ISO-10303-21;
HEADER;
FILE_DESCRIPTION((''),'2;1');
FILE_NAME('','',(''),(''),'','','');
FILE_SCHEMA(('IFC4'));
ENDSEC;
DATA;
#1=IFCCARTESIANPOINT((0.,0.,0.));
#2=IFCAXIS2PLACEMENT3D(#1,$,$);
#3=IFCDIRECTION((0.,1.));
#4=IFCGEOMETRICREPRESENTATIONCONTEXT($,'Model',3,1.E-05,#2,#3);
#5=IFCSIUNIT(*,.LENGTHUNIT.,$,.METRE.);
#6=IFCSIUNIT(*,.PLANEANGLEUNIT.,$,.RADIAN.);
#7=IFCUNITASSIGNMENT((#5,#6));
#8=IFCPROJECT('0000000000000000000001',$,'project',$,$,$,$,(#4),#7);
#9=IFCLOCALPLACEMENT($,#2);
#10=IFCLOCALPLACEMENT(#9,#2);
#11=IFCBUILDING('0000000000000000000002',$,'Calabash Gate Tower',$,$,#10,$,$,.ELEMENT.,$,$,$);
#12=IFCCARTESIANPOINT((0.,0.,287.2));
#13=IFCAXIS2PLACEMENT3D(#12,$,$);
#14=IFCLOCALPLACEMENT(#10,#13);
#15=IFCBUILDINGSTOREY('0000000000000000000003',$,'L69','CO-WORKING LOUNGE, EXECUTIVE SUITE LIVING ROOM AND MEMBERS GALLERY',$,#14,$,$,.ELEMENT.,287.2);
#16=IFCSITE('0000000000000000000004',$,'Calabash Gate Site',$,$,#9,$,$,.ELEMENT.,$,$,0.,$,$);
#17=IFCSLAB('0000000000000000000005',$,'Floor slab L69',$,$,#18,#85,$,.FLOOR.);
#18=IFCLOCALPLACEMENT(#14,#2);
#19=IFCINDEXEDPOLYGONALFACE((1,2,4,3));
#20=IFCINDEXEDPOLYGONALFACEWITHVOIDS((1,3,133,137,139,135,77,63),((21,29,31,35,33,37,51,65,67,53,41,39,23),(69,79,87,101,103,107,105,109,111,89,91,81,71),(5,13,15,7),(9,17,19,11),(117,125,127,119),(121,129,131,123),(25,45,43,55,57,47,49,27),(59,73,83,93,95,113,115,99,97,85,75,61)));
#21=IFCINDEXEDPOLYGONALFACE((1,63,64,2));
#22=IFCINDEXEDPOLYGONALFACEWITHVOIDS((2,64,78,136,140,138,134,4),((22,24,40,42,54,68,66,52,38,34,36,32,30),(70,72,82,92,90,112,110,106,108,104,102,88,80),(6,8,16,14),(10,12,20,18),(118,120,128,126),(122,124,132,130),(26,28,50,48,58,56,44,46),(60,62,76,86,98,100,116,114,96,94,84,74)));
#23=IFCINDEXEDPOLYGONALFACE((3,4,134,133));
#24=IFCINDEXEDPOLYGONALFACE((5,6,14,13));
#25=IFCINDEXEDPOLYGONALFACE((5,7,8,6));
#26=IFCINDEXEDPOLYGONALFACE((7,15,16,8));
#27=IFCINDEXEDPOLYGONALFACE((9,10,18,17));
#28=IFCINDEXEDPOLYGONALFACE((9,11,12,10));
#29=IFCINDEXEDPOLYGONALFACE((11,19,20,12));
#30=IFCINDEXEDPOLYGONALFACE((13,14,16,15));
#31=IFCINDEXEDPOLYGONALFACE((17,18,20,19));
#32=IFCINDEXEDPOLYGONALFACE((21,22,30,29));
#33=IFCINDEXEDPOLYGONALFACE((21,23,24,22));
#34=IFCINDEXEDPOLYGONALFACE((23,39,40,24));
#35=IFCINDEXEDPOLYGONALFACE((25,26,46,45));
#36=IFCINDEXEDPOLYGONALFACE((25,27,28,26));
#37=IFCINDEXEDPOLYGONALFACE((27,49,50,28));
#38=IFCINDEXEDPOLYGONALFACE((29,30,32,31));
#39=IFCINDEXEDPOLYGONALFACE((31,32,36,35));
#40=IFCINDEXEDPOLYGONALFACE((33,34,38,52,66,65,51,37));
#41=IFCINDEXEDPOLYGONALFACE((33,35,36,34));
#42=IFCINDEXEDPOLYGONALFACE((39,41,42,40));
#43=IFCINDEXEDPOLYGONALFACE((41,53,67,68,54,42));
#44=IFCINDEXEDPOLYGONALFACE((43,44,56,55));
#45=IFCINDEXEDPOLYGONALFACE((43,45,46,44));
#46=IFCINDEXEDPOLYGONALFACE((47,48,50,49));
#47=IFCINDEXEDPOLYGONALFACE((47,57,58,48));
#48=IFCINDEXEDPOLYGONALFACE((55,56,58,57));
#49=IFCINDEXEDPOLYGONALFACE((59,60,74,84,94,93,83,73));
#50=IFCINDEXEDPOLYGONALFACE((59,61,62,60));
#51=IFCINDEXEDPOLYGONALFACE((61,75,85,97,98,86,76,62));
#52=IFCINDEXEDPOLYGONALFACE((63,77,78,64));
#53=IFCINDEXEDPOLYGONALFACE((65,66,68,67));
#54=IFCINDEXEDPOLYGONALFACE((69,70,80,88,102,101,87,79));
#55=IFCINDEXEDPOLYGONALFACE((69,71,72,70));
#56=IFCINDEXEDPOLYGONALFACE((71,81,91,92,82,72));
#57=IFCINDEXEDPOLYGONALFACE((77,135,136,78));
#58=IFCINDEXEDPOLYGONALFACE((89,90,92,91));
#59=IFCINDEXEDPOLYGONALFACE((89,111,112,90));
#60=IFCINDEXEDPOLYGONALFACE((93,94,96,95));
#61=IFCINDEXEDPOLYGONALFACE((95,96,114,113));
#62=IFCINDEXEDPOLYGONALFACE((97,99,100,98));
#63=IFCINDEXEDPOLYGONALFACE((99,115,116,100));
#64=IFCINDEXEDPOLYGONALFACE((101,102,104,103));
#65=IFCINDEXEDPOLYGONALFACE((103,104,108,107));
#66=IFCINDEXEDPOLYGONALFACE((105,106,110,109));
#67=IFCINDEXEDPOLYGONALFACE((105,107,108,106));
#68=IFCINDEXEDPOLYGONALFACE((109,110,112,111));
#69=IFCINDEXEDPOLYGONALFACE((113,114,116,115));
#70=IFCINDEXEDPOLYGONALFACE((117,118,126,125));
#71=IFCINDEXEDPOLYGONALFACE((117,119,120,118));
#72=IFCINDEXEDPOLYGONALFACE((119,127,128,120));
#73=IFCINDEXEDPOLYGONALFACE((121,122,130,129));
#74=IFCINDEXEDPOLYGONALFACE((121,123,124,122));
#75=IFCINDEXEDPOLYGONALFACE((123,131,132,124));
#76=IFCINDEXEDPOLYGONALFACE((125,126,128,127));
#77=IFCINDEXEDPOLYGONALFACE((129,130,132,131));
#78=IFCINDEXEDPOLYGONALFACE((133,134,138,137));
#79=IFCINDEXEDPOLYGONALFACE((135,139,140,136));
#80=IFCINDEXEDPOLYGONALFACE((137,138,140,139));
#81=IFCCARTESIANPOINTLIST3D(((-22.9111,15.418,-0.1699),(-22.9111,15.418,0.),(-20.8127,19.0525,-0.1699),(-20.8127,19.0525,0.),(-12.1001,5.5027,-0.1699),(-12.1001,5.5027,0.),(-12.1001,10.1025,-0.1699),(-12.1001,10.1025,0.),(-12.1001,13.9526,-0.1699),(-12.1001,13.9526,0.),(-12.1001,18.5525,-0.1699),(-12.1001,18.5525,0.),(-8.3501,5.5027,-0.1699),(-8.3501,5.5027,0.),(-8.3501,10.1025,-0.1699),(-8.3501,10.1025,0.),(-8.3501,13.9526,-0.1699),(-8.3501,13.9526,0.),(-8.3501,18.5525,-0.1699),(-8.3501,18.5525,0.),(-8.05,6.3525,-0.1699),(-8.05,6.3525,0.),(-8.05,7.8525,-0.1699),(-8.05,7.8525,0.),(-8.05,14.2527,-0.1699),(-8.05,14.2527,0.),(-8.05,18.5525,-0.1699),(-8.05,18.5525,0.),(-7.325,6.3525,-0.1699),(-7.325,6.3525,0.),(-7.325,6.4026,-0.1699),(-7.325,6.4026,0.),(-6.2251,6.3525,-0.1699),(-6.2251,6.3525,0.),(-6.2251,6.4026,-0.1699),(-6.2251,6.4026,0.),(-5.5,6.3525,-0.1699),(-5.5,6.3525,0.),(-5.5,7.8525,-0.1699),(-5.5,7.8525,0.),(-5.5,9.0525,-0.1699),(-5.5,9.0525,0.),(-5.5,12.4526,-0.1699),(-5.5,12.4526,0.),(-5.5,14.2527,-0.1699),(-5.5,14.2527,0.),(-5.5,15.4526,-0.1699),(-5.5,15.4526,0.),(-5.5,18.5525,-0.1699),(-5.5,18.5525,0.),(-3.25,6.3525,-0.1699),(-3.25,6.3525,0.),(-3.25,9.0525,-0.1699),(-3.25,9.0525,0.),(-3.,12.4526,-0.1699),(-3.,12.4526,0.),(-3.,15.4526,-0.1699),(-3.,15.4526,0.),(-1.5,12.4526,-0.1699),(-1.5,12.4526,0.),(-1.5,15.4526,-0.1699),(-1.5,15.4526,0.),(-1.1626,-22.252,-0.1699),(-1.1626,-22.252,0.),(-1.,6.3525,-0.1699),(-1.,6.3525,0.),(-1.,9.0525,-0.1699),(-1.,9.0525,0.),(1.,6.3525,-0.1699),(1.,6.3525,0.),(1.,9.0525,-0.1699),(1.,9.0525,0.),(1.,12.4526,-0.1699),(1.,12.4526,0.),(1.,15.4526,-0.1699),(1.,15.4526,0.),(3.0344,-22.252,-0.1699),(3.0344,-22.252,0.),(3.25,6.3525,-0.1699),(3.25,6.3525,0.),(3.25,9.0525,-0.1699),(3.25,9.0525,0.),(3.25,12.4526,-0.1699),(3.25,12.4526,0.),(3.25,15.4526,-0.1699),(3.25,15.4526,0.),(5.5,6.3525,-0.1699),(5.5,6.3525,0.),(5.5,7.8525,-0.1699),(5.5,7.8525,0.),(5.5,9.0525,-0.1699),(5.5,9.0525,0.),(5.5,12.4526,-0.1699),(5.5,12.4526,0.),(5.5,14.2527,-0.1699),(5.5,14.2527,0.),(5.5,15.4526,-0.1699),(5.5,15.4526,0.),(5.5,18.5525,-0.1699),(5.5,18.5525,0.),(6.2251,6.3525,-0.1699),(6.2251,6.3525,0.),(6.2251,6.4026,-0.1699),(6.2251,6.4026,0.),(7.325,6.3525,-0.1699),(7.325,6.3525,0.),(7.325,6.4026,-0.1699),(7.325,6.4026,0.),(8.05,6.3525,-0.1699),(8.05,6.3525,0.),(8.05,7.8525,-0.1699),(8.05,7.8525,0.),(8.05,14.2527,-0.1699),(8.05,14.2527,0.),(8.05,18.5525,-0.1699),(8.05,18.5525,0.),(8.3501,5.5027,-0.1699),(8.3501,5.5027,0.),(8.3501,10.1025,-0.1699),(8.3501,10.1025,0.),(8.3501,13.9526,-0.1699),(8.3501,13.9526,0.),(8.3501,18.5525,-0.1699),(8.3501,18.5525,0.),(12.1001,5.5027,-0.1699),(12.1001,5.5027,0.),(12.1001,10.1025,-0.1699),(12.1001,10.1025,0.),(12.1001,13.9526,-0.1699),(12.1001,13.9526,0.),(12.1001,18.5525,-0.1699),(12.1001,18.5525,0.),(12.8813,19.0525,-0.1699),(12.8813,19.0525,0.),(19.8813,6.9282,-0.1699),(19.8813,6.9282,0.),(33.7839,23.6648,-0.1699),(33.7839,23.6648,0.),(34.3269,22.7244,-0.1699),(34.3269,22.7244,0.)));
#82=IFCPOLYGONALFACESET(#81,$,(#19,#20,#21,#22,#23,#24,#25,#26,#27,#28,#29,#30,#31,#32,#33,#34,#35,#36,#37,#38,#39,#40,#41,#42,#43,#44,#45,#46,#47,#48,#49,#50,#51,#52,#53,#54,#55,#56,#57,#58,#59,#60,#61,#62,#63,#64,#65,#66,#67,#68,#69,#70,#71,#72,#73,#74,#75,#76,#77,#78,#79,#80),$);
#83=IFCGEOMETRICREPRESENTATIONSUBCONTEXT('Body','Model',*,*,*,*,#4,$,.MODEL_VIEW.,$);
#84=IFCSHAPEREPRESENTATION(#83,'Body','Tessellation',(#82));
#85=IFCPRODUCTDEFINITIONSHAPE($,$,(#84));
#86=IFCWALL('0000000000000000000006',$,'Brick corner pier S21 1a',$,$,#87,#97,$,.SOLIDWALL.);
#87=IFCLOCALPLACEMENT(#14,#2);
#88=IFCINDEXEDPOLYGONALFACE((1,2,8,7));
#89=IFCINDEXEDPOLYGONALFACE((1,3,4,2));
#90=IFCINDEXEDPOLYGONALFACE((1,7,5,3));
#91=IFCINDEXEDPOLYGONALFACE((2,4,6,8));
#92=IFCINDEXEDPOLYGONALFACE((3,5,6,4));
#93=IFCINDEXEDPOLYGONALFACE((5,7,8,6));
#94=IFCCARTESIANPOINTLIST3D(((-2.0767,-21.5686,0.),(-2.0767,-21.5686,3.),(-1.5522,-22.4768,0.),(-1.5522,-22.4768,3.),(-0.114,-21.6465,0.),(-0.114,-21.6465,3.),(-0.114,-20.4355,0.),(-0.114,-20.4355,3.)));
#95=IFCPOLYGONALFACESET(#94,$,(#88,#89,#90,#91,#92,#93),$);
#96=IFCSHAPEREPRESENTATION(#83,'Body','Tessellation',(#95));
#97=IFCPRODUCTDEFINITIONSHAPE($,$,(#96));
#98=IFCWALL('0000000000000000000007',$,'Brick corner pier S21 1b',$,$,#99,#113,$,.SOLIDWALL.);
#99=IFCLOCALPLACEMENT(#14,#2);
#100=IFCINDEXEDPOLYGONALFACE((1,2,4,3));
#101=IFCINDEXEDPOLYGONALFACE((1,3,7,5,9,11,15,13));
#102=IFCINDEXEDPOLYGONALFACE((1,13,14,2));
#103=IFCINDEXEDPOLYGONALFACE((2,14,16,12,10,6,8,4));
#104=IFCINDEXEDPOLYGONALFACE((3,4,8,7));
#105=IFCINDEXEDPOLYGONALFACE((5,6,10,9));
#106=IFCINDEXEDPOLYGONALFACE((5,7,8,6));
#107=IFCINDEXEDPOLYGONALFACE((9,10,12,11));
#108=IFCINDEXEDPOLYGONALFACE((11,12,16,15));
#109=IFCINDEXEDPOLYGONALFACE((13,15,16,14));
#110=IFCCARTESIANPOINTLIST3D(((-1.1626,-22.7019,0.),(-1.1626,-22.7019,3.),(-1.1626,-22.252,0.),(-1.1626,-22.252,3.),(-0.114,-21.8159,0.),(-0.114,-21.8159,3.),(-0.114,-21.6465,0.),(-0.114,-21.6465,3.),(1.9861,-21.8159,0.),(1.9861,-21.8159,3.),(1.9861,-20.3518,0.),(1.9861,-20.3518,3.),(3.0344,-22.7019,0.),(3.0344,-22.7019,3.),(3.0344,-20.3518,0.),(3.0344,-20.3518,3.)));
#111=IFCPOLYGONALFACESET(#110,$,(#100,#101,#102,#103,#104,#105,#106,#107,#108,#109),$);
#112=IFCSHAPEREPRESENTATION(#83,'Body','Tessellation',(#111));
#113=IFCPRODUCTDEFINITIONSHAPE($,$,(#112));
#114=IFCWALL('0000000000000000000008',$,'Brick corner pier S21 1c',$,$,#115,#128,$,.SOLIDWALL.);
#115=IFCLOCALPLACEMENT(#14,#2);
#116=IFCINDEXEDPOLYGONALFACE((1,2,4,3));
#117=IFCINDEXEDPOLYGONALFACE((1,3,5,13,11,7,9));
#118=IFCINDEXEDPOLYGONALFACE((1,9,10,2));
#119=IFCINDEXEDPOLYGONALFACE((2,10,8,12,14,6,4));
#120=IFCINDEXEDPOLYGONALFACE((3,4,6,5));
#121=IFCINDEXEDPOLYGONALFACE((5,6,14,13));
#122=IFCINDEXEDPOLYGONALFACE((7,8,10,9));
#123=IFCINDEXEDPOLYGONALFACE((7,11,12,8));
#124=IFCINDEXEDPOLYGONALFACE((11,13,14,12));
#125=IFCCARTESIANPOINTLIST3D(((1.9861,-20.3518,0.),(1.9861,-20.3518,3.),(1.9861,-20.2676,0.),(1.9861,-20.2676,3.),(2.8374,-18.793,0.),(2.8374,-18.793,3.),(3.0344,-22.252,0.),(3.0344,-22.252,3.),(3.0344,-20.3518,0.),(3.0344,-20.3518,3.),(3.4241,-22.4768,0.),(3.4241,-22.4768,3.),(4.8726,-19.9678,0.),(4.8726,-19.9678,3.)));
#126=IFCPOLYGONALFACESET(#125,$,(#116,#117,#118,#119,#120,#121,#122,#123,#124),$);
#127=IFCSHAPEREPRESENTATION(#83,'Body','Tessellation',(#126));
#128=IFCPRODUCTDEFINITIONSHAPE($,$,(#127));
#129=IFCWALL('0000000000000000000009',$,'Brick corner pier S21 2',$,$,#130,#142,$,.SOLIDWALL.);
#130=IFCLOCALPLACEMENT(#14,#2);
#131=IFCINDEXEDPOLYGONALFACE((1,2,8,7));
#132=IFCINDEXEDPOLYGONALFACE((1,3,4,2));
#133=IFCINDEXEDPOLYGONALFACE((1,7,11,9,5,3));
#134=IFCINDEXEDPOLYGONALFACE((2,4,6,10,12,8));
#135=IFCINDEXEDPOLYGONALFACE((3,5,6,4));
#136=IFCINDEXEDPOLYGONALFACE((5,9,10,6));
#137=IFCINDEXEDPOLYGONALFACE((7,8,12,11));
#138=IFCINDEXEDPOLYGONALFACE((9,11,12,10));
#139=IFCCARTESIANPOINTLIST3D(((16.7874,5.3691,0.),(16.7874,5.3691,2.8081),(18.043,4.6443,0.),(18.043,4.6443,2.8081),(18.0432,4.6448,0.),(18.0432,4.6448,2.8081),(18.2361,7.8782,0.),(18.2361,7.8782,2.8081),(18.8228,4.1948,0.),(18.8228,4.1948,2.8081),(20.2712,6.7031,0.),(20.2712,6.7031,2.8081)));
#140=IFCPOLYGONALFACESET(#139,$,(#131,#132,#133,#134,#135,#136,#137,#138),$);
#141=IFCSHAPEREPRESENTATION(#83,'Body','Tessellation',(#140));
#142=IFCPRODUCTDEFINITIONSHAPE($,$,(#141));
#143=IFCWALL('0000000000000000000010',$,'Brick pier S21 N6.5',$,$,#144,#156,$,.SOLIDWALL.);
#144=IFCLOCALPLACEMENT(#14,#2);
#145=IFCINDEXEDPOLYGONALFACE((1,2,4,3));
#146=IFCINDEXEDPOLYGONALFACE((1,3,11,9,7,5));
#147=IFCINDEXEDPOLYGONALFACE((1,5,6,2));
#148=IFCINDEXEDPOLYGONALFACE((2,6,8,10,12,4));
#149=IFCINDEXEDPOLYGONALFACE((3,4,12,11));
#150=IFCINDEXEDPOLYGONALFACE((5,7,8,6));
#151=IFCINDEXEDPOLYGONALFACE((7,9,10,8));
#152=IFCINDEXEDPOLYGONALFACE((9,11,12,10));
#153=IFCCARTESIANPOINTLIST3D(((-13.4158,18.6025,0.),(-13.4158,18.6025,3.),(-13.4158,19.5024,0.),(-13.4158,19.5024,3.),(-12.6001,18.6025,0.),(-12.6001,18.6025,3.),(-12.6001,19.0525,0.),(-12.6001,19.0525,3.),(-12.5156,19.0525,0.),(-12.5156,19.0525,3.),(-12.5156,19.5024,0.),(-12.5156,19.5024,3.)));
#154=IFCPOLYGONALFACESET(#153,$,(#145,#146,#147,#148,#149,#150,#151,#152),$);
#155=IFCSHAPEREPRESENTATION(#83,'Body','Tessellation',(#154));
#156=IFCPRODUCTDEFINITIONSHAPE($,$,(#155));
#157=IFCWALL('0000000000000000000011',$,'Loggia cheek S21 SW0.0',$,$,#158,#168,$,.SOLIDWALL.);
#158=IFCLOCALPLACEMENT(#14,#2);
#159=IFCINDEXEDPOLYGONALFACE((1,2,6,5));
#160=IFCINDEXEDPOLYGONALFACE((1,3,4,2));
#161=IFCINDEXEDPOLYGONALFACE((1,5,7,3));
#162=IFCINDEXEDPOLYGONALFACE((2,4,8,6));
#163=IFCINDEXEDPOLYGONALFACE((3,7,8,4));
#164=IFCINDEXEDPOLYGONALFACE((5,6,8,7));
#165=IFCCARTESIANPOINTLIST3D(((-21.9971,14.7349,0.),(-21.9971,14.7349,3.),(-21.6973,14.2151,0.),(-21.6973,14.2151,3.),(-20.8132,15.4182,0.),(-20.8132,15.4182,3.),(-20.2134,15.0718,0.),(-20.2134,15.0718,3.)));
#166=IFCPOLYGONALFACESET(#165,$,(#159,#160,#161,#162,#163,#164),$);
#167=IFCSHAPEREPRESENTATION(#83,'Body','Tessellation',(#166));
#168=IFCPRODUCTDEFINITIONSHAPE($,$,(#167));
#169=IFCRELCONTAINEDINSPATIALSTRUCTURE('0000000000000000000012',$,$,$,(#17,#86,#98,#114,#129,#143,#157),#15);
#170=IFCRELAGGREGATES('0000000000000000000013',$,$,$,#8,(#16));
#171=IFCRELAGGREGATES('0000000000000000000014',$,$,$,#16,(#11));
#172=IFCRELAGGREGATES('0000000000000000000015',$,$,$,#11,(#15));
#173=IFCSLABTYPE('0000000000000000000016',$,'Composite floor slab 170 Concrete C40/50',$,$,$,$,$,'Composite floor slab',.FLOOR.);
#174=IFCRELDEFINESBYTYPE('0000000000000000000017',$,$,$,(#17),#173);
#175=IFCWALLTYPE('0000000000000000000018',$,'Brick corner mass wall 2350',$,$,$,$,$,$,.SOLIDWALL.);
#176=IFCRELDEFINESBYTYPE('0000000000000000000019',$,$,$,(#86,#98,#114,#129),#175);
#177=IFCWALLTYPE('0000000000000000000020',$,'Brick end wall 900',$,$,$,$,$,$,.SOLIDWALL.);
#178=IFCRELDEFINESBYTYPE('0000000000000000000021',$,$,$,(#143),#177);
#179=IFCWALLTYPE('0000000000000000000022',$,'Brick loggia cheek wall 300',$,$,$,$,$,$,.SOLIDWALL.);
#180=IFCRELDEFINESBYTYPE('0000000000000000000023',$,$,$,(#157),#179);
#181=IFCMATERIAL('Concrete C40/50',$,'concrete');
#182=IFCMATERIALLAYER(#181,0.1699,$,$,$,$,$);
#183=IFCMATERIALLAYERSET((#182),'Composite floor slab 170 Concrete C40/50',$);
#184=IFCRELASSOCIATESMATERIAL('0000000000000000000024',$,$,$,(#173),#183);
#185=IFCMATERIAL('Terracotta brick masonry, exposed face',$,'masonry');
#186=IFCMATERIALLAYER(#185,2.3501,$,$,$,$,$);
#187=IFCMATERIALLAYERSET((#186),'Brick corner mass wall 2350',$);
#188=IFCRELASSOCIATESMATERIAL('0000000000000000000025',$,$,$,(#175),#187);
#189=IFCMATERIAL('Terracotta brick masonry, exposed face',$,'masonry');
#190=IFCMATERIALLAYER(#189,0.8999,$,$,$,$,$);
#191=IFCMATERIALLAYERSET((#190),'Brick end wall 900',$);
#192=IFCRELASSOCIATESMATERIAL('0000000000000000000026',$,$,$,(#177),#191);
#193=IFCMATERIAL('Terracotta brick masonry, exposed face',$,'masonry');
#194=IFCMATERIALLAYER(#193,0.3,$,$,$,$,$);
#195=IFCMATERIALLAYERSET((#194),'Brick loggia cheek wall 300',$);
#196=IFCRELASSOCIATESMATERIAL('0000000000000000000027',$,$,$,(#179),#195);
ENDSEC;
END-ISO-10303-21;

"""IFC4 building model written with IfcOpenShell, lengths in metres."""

from ifc_helpers import new_model, si_unit, direction, frame, origin, place, context, subcontext, project, spatial, polyline, outline, extrude, material, layer, layer_set, type_object, element, save


model = new_model("IFC4")

# Units and contexts
model_context = context("Model", 3, precision=1e-05, world=origin(), true_north=direction((0.0, 1.0)))
body_context = subcontext(model_context, "Body", "Model", "MODEL_VIEW")
ifc_project = project(units=[si_unit("LENGTHUNIT", "METRE"), si_unit("PLANEANGLEUNIT", "RADIAN")], contexts=[model_context])

# Site, building, storey
site_placement = place(None, origin())
site = spatial("IfcSite", under=ifc_project, at=site_placement, Name="Calabash Gate Site", CompositionType="ELEMENT", RefElevation=0.0)
building_placement = place(site_placement, origin())
building = spatial("IfcBuilding", under=site, at=building_placement, Name="Calabash Gate Tower", CompositionType="ELEMENT")
storey_placement = place(building_placement, frame((0.0, 0.0, 287.2)))
storey = spatial("IfcBuildingStorey", under=building, at=storey_placement, Name="L69", Description="CO-WORKING LOUNGE, EXECUTIVE SUITE LIVING ROOM AND MEMBERS GALLERY", CompositionType="ELEMENT", Elevation=287.2)

# Slab
ifc_material_1 = material(Name="Concrete C40/50", Category="concrete")
ifc_layer_1 = layer(ifc_material_1, 0.1699)
ifc_layer_set_1 = layer_set([ifc_layer_1], Name="Composite floor slab 170 Concrete C40/50")
slab_type = type_object("IfcSlabType", Name="Composite floor slab 170 Concrete C40/50", ElementType="Composite floor slab", PredefinedType="FLOOR", material=ifc_layer_set_1)
slab_placement = place(storey_placement, frame((0.0, 0.0, -0.1699)))
element("IfcSlab", 1, at=slab_placement, inside=storey, type_object=slab_type, Name="Floor slab L69", PredefinedType="FLOOR", context=body_context, shape_type="SweptSolid", body=[
    extrude(outline(polyline([(-22.9111, 15.418), (-20.8127, 19.0525), (12.8813, 19.0525), (33.7839, 23.6648), (34.3269, 22.7244), (19.8813, 6.9282), (3.0344, -22.252), (-1.1626, -22.252), (-22.9111, 15.418)]), holes=[polyline([(-1.0, 9.0525), (-3.25, 9.0525), (-5.5, 9.0525), (-5.5, 7.8525), (-8.05, 7.8525), (-8.05, 6.3525), (-7.325, 6.3525), (-7.325, 6.4026), (-6.2251, 6.4026), (-6.2251, 6.3525), (-5.5, 6.3525), (-3.25, 6.3525), (-1.0, 6.3525), (-1.0, 9.0525)]), polyline([(3.25, 6.3525), (5.5, 6.3525), (6.2251, 6.3525), (6.2251, 6.4026), (7.325, 6.4026), (7.325, 6.3525), (8.05, 6.3525), (8.05, 7.8525), (5.5, 7.8525), (5.5, 9.0525), (3.25, 9.0525), (1.0, 9.0525), (1.0, 6.3525), (3.25, 6.3525)]), polyline([(-5.5, 14.2527), (-5.5, 12.4526), (-3.0, 12.4526), (-3.0, 15.4526), (-5.5, 15.4526), (-5.5, 18.5525), (-8.05, 18.5525), (-8.05, 14.2527), (-5.5, 14.2527)]), polyline([(1.0, 15.4526), (-1.5, 15.4526), (-1.5, 12.4526), (1.0, 12.4526), (3.25, 12.4526), (5.5, 12.4526), (5.5, 14.2527), (8.05, 14.2527), (8.05, 18.5525), (5.5, 18.5525), (5.5, 15.4526), (3.25, 15.4526), (1.0, 15.4526)]), polyline([(-8.3501, 18.5525), (-12.1001, 18.5525), (-12.1001, 13.9526), (-8.3501, 13.9526), (-8.3501, 18.5525)]), polyline([(-12.1001, 10.1025), (-12.1001, 5.5027), (-8.3501, 5.5027), (-8.3501, 10.1025), (-12.1001, 10.1025)]), polyline([(8.3501, 13.9526), (12.1001, 13.9526), (12.1001, 18.5525), (8.3501, 18.5525), (8.3501, 13.9526)]), polyline([(12.1001, 5.5027), (12.1001, 10.1025), (8.3501, 10.1025), (8.3501, 5.5027), (12.1001, 5.5027)])]), origin(), (0.0, 0.0, 1.0), 0.1699),
])

# Walls
ifc_material_2 = material(Name="Terracotta brick masonry, exposed face", Category="masonry")
ifc_layer_2 = layer(ifc_material_2, 2.3501)
ifc_layer_set_2 = layer_set([ifc_layer_2], Name="Brick corner mass wall 2350")
wall_type_1 = type_object("IfcWallType", Name="Brick corner mass wall 2350", PredefinedType="SOLIDWALL", material=ifc_layer_set_2)
wall_1_placement = place(storey_placement, origin())
element("IfcWall", 2, at=wall_1_placement, inside=storey, type_object=wall_type_1, Name="Brick corner pier S21 1a", PredefinedType="SOLIDWALL", context=body_context, shape_type="SweptSolid", body=[
    extrude(outline(polyline([(-0.114, -20.4355), (-2.0767, -21.5686), (-1.5522, -22.4768), (-0.114, -21.6465), (-0.114, -20.4355)])), origin(), (0.0, 0.0, 1.0), 3.0),
])
wall_2_placement = place(storey_placement, origin())
element("IfcWall", 3, at=wall_2_placement, inside=storey, type_object=wall_type_1, Name="Brick corner pier S21 1b", PredefinedType="SOLIDWALL", context=body_context, shape_type="SweptSolid", body=[
    extrude(outline(polyline([(-0.114, -21.8159), (-0.114, -21.6465), (-1.1626, -22.252), (-1.1626, -22.7019), (3.0344, -22.7019), (3.0344, -20.3518), (1.9861, -20.3518), (1.9861, -21.8159), (-0.114, -21.8159)])), origin(), (0.0, 0.0, 1.0), 3.0),
])
wall_3_placement = place(storey_placement, origin())
element("IfcWall", 4, at=wall_3_placement, inside=storey, type_object=wall_type_1, Name="Brick corner pier S21 1c", PredefinedType="SOLIDWALL", context=body_context, shape_type="SweptSolid", body=[
    extrude(outline(polyline([(4.8726, -19.9678), (2.8374, -18.793), (1.9861, -20.2676), (1.9861, -20.3518), (3.0344, -20.3518), (3.0344, -22.252), (3.4241, -22.4768), (4.8726, -19.9678)])), origin(), (0.0, 0.0, 1.0), 3.0),
])
wall_4_placement = place(storey_placement, origin())
element("IfcWall", 5, at=wall_4_placement, inside=storey, type_object=wall_type_1, Name="Brick corner pier S21 2", PredefinedType="SOLIDWALL", context=body_context, shape_type="SweptSolid", body=[
    extrude(outline(polyline([(18.8228, 4.1948), (18.8225, 4.1943), (18.8225, 4.1943), (20.2712, 6.7031), (18.2361, 7.8782), (16.7874, 5.3691), (18.043, 4.6443), (18.0432, 4.6448), (18.8228, 4.1948)])), origin(), (0.0, 0.0, 1.0), 2.8081),
])
ifc_material_3 = material(Name="Terracotta brick masonry, exposed face", Category="masonry")
ifc_layer_3 = layer(ifc_material_3, 0.8999)
ifc_layer_set_3 = layer_set([ifc_layer_3], Name="Brick end wall 900")
wall_type_2 = type_object("IfcWallType", Name="Brick end wall 900", PredefinedType="SOLIDWALL", material=ifc_layer_set_3)
wall_5_placement = place(storey_placement, origin())
element("IfcWall", 6, at=wall_5_placement, inside=storey, type_object=wall_type_2, Name="Brick pier S21 N6.5", PredefinedType="SOLIDWALL", context=body_context, shape_type="SweptSolid", body=[
    extrude(outline(polyline([(-12.5156, 19.0525), (-12.5156, 19.5024), (-13.4158, 19.5024), (-13.4158, 18.6025), (-12.6001, 18.6025), (-12.6001, 19.0525), (-12.5156, 19.0525)])), origin(), (0.0, 0.0, 1.0), 3.0),
])
ifc_material_4 = material(Name="Terracotta brick masonry, exposed face", Category="masonry")
ifc_layer_4 = layer(ifc_material_4, 0.3)
ifc_layer_set_4 = layer_set([ifc_layer_4], Name="Brick loggia cheek wall 300")
wall_type_3 = type_object("IfcWallType", Name="Brick loggia cheek wall 300", PredefinedType="SOLIDWALL", material=ifc_layer_set_4)
wall_6_placement = place(storey_placement, origin())
element("IfcWall", 7, at=wall_6_placement, inside=storey, type_object=wall_type_3, Name="Loggia cheek S21 SW0.0", PredefinedType="SOLIDWALL", context=body_context, shape_type="SweptSolid", body=[
    extrude(outline(polyline([(-21.9971, 14.7349), (-21.6973, 14.2151), (-20.2134, 15.0718), (-20.8132, 15.4182), (-21.9971, 14.7349)])), origin(), (0.0, 0.0, 1.0), 3.0),
])

save(model, "model.ifc")
